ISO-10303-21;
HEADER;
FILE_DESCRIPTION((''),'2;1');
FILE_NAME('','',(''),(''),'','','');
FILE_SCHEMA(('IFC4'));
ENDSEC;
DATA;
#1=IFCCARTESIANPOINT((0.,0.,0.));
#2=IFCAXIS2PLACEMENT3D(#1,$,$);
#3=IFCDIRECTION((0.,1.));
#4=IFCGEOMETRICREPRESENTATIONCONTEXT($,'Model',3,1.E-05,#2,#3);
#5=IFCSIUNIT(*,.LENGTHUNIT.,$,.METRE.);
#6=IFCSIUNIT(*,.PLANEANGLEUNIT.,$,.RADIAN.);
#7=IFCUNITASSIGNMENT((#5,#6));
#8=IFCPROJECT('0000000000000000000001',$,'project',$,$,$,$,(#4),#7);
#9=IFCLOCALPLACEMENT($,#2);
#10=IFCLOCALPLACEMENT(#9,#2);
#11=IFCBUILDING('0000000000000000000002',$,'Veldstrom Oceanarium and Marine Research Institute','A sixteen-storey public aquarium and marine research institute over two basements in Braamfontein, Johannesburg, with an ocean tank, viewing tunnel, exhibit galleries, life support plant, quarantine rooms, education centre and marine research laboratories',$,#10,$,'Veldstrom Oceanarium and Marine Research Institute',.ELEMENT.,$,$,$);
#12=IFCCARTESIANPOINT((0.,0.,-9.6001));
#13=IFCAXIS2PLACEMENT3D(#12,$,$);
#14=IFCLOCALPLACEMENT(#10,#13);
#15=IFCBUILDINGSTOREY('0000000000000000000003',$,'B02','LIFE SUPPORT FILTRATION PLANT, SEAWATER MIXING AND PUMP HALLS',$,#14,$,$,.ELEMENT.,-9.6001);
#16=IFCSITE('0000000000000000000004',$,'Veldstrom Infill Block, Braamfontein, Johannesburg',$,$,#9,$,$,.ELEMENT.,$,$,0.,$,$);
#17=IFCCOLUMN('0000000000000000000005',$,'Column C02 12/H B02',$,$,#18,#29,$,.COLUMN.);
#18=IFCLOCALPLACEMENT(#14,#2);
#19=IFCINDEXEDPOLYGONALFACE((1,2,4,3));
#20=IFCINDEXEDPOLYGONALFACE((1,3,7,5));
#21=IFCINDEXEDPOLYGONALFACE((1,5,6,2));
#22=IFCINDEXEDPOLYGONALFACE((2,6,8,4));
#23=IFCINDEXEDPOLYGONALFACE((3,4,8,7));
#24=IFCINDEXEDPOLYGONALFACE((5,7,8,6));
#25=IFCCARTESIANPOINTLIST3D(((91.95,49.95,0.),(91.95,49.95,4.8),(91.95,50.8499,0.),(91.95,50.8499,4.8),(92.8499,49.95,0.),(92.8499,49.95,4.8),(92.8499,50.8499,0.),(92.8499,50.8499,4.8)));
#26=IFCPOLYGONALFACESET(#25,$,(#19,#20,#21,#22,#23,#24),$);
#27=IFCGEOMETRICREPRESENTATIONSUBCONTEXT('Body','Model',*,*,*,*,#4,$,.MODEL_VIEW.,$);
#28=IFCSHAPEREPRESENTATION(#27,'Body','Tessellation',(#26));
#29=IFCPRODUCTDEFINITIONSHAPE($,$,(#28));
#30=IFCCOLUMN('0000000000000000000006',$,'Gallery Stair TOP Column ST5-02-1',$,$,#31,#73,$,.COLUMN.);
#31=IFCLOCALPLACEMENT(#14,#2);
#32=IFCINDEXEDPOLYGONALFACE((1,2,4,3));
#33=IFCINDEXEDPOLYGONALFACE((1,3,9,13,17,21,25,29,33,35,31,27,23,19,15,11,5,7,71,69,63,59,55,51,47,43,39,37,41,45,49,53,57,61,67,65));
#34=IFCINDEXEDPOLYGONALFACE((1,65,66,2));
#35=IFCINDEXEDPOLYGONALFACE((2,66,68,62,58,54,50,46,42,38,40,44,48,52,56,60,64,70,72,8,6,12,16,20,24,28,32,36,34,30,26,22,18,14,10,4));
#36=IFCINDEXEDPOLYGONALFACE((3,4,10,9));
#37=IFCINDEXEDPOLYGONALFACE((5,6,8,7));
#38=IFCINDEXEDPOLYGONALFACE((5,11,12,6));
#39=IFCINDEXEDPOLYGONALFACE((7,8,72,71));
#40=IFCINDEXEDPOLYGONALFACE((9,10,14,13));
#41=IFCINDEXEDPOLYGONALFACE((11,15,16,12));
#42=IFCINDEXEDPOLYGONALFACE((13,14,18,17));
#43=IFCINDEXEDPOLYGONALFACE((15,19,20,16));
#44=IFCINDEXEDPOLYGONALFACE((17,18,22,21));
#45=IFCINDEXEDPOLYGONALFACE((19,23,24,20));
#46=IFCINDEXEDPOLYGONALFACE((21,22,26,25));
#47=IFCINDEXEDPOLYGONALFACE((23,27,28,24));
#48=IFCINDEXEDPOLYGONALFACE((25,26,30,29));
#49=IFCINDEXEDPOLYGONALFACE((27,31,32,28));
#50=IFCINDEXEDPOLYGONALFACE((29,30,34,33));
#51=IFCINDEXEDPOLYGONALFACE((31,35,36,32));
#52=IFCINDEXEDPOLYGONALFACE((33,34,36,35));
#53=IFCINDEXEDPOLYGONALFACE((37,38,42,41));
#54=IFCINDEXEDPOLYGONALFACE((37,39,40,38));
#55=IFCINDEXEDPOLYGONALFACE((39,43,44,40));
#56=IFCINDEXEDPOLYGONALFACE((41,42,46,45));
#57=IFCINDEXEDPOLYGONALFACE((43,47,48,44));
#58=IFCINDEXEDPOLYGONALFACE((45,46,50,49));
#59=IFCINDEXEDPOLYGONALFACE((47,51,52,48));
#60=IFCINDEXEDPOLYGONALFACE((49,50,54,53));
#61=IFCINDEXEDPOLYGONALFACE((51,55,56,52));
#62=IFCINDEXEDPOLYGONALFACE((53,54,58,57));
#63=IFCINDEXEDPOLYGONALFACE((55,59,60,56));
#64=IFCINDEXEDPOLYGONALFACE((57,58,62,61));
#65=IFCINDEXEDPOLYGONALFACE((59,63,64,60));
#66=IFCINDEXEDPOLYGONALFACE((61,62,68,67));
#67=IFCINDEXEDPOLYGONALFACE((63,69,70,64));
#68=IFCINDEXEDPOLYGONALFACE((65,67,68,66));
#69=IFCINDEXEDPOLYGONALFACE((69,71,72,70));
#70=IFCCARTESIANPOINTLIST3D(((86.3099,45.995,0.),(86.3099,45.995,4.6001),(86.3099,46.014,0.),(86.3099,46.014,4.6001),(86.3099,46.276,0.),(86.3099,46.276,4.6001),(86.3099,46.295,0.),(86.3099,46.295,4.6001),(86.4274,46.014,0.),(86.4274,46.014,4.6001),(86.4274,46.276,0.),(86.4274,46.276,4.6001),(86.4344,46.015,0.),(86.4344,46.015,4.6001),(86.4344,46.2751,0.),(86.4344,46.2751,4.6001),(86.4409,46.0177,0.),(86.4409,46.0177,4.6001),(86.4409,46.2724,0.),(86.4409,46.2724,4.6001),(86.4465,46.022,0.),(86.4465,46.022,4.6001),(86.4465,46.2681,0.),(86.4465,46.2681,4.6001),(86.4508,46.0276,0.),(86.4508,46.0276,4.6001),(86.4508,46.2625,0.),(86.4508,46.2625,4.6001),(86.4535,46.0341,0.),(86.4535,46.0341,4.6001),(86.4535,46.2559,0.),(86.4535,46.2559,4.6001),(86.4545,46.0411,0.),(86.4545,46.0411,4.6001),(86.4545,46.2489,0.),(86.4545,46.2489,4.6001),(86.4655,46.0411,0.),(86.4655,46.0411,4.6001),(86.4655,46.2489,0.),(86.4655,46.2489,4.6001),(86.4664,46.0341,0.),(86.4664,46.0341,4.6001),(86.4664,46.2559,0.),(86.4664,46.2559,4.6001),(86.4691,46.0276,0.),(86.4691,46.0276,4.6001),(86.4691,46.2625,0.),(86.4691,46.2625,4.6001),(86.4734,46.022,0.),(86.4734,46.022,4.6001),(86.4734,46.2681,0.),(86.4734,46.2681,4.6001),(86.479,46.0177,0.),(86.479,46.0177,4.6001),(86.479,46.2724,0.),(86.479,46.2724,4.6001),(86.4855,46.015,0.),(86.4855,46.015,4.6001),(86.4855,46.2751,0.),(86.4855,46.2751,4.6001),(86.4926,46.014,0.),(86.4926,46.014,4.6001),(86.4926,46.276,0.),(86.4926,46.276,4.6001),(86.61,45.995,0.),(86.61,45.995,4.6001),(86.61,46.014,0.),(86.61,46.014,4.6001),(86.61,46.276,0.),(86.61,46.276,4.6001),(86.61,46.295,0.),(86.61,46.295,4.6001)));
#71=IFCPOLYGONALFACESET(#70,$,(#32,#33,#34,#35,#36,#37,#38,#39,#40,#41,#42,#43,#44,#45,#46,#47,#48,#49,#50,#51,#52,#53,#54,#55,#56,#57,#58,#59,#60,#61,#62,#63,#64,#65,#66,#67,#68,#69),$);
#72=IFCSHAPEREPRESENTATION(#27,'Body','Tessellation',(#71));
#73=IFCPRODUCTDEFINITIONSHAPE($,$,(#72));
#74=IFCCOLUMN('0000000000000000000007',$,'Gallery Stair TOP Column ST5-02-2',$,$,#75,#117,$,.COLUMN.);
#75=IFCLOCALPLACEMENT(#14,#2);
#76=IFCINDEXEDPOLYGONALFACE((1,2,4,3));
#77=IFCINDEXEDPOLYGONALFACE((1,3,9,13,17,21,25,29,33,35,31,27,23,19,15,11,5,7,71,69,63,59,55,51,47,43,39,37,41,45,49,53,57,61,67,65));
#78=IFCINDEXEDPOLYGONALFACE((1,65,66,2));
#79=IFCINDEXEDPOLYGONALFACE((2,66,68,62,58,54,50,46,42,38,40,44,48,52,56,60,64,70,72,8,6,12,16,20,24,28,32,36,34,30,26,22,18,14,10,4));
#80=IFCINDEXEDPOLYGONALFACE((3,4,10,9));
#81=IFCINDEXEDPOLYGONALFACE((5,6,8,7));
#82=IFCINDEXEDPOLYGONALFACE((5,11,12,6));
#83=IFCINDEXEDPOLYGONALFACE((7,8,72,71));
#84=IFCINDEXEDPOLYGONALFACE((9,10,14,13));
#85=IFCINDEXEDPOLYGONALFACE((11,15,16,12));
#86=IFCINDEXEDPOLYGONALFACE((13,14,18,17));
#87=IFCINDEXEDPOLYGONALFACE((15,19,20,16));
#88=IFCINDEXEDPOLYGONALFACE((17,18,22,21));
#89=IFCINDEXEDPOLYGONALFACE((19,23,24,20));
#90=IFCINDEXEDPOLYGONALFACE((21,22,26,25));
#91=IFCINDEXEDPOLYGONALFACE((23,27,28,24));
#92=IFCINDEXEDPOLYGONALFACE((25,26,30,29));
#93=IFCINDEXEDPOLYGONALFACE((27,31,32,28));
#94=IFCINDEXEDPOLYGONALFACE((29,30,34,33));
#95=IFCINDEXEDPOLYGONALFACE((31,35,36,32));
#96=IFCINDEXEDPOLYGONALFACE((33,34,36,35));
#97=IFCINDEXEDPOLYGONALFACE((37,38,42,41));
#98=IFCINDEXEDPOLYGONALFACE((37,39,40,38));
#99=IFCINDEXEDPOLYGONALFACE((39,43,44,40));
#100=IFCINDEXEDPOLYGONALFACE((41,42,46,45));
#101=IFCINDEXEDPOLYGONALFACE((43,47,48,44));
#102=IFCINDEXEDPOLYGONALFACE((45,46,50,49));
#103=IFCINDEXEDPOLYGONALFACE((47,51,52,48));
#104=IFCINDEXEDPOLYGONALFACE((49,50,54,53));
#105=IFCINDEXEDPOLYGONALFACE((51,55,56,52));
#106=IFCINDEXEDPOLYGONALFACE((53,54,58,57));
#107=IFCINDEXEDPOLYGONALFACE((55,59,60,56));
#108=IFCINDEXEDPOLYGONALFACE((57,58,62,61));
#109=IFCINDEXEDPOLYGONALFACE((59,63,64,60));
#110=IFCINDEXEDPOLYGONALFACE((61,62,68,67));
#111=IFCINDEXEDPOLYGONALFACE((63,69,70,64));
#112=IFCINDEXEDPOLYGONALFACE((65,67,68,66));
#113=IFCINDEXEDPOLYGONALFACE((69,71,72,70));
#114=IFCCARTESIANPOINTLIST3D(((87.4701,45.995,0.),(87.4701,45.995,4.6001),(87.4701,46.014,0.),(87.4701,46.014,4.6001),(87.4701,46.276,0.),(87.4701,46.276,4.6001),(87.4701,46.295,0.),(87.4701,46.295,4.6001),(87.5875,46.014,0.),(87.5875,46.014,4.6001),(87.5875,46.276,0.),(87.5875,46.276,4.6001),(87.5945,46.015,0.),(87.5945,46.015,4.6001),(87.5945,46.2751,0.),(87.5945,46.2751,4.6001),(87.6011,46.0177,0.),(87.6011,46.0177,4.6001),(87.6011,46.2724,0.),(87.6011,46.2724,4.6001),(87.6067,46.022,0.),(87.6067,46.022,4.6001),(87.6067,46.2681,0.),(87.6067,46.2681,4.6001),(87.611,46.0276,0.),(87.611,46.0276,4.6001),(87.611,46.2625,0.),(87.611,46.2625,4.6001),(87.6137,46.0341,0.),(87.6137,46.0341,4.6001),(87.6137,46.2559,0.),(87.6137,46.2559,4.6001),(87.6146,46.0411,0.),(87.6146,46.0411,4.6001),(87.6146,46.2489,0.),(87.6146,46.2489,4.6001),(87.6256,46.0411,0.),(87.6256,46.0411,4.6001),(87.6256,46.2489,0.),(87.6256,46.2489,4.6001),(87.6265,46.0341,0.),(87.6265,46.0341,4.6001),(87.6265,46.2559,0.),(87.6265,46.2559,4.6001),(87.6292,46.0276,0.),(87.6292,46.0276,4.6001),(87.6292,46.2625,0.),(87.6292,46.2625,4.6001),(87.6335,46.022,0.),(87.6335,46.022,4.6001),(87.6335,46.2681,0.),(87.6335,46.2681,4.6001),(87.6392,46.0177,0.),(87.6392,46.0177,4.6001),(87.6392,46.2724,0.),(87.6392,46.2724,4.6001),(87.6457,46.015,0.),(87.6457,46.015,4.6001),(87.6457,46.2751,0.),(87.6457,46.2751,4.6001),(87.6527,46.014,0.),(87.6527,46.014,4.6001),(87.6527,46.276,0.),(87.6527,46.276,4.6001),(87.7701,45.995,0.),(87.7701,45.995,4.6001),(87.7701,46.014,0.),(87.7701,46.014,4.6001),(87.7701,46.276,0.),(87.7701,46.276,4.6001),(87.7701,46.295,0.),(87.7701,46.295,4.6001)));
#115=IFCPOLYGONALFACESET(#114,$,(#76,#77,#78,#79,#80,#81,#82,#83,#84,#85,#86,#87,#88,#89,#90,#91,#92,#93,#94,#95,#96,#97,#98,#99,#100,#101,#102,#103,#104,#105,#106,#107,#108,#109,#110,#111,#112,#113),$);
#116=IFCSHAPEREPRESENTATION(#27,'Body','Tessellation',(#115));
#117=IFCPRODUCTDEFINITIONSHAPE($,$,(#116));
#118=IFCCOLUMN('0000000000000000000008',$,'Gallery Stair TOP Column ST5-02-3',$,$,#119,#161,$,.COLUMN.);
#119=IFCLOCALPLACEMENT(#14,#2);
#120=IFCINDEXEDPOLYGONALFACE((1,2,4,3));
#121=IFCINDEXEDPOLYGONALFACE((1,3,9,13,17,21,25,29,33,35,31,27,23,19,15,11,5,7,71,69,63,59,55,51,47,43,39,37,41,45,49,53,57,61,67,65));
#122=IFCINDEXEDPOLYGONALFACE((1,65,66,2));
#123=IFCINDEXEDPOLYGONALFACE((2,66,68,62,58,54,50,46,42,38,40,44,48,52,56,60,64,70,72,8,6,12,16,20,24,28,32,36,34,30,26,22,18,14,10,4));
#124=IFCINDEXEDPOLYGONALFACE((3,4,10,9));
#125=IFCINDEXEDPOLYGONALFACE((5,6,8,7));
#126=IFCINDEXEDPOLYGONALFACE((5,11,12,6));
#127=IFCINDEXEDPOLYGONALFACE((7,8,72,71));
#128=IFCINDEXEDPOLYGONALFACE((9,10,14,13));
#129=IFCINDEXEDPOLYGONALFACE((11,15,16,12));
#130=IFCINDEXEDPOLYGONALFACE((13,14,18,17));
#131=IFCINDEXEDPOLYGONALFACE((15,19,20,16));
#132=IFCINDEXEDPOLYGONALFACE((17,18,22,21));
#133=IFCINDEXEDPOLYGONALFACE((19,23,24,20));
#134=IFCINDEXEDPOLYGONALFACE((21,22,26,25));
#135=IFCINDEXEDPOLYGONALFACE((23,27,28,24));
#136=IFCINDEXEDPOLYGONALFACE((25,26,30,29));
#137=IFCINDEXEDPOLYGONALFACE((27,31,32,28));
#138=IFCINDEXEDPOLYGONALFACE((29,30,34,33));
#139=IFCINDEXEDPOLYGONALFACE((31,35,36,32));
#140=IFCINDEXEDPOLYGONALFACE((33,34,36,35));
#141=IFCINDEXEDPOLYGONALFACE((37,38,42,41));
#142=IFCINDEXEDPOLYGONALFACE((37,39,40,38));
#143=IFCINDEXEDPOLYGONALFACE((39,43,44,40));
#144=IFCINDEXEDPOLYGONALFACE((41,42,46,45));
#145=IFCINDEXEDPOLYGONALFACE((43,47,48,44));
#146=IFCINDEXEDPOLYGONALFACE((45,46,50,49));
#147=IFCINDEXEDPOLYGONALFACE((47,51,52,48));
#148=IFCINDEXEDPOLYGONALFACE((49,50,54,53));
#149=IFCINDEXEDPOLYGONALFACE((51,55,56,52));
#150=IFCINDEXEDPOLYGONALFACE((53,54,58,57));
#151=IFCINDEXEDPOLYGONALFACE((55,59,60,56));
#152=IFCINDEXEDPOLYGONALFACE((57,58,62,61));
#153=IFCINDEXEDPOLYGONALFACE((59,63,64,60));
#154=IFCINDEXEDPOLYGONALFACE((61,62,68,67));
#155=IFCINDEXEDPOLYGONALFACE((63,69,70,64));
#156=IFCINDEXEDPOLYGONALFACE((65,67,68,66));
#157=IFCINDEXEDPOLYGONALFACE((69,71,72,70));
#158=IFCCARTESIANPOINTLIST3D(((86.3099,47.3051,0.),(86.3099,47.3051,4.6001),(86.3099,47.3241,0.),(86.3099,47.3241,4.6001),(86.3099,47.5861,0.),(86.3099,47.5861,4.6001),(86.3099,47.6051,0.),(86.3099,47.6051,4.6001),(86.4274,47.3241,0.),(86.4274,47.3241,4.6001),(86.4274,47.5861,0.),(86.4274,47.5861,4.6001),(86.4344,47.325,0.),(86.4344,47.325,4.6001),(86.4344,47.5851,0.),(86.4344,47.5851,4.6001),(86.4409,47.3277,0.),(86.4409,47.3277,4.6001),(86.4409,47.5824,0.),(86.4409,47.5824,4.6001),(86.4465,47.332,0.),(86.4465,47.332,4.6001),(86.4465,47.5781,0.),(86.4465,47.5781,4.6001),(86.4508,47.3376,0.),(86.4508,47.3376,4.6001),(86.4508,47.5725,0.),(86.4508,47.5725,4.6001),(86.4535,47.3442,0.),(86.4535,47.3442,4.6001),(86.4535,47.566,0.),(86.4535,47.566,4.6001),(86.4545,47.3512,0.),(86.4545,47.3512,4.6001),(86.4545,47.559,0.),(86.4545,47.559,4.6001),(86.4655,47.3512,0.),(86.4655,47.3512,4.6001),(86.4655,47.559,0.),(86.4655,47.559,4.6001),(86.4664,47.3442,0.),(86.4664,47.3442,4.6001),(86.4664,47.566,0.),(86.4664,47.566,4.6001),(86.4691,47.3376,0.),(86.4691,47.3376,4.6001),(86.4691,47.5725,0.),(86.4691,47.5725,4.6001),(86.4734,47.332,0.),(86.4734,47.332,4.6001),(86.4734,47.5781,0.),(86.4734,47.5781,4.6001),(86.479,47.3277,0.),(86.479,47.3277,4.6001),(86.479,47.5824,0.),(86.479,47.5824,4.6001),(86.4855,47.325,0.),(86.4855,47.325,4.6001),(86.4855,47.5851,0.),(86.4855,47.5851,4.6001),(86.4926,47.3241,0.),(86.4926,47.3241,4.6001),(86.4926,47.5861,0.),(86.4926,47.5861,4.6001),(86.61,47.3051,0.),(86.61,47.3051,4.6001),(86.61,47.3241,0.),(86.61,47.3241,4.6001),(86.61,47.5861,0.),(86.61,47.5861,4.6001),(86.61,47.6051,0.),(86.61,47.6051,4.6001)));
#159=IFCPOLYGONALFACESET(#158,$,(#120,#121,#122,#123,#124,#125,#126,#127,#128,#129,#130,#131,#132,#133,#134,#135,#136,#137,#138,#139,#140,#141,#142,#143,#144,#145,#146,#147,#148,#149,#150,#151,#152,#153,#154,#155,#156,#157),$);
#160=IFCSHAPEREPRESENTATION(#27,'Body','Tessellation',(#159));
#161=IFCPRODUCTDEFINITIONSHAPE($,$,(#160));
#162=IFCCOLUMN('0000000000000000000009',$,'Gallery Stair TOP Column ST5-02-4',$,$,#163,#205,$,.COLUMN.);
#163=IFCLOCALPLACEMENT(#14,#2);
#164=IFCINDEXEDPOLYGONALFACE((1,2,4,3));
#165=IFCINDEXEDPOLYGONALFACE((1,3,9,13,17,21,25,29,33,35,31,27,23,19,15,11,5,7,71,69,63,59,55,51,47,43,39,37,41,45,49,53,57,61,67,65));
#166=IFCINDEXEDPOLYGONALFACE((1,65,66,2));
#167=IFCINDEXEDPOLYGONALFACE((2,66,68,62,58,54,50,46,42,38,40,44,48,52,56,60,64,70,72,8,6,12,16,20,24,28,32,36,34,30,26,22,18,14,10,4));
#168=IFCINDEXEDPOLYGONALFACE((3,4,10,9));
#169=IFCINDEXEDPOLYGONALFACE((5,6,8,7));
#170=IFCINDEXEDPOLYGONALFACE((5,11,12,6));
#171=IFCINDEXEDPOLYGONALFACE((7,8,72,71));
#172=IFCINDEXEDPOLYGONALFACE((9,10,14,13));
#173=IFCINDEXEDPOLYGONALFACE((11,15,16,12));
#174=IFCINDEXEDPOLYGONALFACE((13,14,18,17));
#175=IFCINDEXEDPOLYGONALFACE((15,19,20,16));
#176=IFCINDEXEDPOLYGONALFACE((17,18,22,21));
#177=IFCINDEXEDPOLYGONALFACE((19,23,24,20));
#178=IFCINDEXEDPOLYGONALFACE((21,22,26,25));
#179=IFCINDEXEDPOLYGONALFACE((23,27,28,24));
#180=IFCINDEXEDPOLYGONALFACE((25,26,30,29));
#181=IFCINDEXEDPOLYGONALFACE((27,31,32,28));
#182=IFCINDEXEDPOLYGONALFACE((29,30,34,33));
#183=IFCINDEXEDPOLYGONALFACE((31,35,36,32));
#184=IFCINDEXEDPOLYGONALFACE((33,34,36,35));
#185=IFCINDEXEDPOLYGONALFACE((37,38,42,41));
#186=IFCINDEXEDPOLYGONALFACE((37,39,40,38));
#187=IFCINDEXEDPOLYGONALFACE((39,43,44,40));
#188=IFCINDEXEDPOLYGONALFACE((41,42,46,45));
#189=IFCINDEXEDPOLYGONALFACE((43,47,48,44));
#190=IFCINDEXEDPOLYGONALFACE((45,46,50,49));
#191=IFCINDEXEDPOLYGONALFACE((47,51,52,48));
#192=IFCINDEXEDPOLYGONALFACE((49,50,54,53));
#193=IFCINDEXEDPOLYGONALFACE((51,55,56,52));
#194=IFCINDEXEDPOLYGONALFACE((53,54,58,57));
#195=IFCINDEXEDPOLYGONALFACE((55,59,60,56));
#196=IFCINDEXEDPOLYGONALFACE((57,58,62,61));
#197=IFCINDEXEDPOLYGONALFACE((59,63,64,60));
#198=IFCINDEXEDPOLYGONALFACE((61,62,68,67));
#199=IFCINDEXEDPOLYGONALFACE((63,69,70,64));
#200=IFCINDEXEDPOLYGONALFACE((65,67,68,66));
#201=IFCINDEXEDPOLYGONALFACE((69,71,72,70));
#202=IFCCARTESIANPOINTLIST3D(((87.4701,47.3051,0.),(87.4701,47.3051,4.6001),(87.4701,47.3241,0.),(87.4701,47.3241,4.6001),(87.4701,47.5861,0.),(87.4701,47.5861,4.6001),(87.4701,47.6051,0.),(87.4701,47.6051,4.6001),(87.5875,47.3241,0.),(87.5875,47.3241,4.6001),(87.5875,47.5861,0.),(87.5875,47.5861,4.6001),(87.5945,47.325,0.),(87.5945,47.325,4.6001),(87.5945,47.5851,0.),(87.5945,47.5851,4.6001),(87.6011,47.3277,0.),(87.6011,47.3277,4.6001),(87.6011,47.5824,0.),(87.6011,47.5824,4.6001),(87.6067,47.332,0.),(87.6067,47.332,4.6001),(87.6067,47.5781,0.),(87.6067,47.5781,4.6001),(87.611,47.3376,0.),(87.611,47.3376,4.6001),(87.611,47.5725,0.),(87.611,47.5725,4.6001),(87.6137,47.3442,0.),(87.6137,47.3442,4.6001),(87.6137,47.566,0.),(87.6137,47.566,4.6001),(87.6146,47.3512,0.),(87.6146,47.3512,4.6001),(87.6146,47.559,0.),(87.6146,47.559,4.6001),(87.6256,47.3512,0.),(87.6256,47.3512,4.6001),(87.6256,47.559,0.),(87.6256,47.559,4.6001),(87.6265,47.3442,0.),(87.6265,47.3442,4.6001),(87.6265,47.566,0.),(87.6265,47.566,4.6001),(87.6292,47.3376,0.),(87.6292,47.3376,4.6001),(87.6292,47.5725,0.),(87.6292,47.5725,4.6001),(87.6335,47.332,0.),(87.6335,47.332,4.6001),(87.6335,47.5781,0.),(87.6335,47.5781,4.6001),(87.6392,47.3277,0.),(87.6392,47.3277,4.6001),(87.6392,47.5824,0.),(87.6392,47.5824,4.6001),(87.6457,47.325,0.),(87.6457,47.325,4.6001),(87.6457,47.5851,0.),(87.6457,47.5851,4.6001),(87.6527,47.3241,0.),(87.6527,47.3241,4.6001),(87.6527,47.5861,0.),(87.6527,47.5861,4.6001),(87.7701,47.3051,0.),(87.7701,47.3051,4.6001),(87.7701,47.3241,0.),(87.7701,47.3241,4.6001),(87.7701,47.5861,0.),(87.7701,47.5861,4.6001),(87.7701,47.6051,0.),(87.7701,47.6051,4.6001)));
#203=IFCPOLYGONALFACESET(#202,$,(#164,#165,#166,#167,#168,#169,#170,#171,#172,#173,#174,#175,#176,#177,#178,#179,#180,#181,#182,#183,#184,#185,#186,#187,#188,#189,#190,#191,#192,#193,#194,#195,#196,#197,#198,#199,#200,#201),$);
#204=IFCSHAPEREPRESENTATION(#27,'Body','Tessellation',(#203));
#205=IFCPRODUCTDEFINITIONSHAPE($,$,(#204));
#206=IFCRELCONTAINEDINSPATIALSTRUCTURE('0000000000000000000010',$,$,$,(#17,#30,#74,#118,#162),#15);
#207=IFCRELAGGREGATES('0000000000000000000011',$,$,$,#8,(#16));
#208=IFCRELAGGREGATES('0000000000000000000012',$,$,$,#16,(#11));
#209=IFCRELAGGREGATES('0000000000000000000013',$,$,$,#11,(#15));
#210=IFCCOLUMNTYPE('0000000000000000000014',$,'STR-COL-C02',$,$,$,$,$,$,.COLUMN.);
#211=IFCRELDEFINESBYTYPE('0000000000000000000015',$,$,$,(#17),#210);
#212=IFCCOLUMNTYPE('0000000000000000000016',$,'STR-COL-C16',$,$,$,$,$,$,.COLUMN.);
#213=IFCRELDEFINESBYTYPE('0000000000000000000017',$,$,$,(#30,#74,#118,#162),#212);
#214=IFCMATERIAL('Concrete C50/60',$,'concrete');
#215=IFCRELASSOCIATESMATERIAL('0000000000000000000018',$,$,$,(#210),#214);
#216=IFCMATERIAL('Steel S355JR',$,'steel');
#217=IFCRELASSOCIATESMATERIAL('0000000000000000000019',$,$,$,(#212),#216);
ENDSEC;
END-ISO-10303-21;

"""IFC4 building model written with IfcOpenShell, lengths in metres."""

from ifc_helpers import new_model, si_unit, direction, frame, origin, origin_2d, place, context, subcontext, project, spatial, rectangle, i_section, extrude, material, material_profile, profile_set, type_object, element, save


model = new_model("IFC4")

# Units and contexts
model_context = context("Model", 3, precision=1e-05, world=origin(), true_north=direction((0.0, 1.0)))
body_context = subcontext(model_context, "Body", "Model", "MODEL_VIEW")
ifc_project = project(units=[si_unit("LENGTHUNIT", "METRE"), si_unit("PLANEANGLEUNIT", "RADIAN")], contexts=[model_context])

# Site, building, storey
site_placement = place(None, origin())
site = spatial("IfcSite", under=ifc_project, at=site_placement, Name="Veldstrom Infill Block, Braamfontein, Johannesburg", CompositionType="ELEMENT", RefElevation=0.0)
building_placement = place(site_placement, origin())
building = spatial("IfcBuilding", under=site, at=building_placement, Name="Veldstrom Oceanarium and Marine Research Institute", Description="A sixteen-storey public aquarium and marine research institute over two basements in Braamfontein, Johannesburg, with an ocean tank, viewing tunnel, exhibit galleries, life support plant, quarantine rooms, education centre and marine research laboratories", LongName="Veldstrom Oceanarium and Marine Research Institute", CompositionType="ELEMENT")
storey_placement = place(building_placement, frame((0.0, 0.0, -9.6001)))
storey = spatial("IfcBuildingStorey", under=building, at=storey_placement, Name="B02", Description="LIFE SUPPORT FILTRATION PLANT, SEAWATER MIXING AND PUMP HALLS", CompositionType="ELEMENT", Elevation=-9.6001)

# Columns
ifc_material_1 = material(Name="Concrete C50/60", Category="concrete")
ifc_material_profile_1 = material_profile(ifc_material_1, rectangle(XDim=0.8999, YDim=0.8999, at=origin_2d()), Name="RC-COL-900x900")
ifc_profile_set_1 = profile_set([ifc_material_profile_1], Name="Concrete C50/60")
column_type_1 = type_object("IfcColumnType", Name="STR-COL-C02", PredefinedType="COLUMN", material=ifc_profile_set_1)
for number, where, z_axis, x_axis, name in (
    (1, (92.3999, 50.3999, 0.0), (0.0, 0.0, 1.0), (1.0, 0.0, 0.0), "Column C02 12/H B02"),
):
    element("IfcColumn", number, at=place(storey_placement, frame(where, z_axis=z_axis, x_axis=x_axis)), inside=storey, type_object=column_type_1, Name=name, PredefinedType="COLUMN", context=body_context, shape_type="SweptSolid", body=[
        extrude(rectangle(XDim=0.8999, YDim=0.8999, at=origin_2d()), origin(), (0.0, 0.0, 1.0), 4.8),
    ])
ifc_material_2 = material(Name="Steel S355JR", Category="steel")
ifc_material_profile_2 = material_profile(ifc_material_2, i_section(OverallWidth=0.3, OverallDepth=0.3, WebThickness=0.011, FlangeThickness=0.019, FilletRadius=0.0271, at=origin_2d()), Name="HEB 300")
ifc_profile_set_2 = profile_set([ifc_material_profile_2], Name="Steel S355JR")
column_type_2 = type_object("IfcColumnType", Name="STR-COL-C16", PredefinedType="COLUMN", material=ifc_profile_set_2)
for number, where, z_axis, x_axis, name in (
    (2, (86.46, 46.145, 0.0), (0.0, 0.0, 1.0), (1.0, 0.0, 0.0), "Gallery Stair TOP Column ST5-02-1"),
    (3, (87.6201, 46.145, 0.0), (0.0, 0.0, 1.0), (1.0, 0.0, 0.0), "Gallery Stair TOP Column ST5-02-2"),
    (4, (86.46, 47.4551, 0.0), (0.0, 0.0, 1.0), (1.0, 0.0, 0.0), "Gallery Stair TOP Column ST5-02-3"),
    (5, (87.6201, 47.4551, 0.0), (0.0, 0.0, 1.0), (1.0, 0.0, 0.0), "Gallery Stair TOP Column ST5-02-4"),
):
    element("IfcColumn", number, at=place(storey_placement, frame(where, z_axis=z_axis, x_axis=x_axis)), inside=storey, type_object=column_type_2, Name=name, PredefinedType="COLUMN", context=body_context, shape_type="SweptSolid", body=[
        extrude(i_section(OverallWidth=0.3, OverallDepth=0.3, WebThickness=0.011, FlangeThickness=0.019, FilletRadius=0.0271, at=origin_2d()), origin(), (0.0, 0.0, 1.0), 4.6001),
    ])

save(model, "model.ifc")
